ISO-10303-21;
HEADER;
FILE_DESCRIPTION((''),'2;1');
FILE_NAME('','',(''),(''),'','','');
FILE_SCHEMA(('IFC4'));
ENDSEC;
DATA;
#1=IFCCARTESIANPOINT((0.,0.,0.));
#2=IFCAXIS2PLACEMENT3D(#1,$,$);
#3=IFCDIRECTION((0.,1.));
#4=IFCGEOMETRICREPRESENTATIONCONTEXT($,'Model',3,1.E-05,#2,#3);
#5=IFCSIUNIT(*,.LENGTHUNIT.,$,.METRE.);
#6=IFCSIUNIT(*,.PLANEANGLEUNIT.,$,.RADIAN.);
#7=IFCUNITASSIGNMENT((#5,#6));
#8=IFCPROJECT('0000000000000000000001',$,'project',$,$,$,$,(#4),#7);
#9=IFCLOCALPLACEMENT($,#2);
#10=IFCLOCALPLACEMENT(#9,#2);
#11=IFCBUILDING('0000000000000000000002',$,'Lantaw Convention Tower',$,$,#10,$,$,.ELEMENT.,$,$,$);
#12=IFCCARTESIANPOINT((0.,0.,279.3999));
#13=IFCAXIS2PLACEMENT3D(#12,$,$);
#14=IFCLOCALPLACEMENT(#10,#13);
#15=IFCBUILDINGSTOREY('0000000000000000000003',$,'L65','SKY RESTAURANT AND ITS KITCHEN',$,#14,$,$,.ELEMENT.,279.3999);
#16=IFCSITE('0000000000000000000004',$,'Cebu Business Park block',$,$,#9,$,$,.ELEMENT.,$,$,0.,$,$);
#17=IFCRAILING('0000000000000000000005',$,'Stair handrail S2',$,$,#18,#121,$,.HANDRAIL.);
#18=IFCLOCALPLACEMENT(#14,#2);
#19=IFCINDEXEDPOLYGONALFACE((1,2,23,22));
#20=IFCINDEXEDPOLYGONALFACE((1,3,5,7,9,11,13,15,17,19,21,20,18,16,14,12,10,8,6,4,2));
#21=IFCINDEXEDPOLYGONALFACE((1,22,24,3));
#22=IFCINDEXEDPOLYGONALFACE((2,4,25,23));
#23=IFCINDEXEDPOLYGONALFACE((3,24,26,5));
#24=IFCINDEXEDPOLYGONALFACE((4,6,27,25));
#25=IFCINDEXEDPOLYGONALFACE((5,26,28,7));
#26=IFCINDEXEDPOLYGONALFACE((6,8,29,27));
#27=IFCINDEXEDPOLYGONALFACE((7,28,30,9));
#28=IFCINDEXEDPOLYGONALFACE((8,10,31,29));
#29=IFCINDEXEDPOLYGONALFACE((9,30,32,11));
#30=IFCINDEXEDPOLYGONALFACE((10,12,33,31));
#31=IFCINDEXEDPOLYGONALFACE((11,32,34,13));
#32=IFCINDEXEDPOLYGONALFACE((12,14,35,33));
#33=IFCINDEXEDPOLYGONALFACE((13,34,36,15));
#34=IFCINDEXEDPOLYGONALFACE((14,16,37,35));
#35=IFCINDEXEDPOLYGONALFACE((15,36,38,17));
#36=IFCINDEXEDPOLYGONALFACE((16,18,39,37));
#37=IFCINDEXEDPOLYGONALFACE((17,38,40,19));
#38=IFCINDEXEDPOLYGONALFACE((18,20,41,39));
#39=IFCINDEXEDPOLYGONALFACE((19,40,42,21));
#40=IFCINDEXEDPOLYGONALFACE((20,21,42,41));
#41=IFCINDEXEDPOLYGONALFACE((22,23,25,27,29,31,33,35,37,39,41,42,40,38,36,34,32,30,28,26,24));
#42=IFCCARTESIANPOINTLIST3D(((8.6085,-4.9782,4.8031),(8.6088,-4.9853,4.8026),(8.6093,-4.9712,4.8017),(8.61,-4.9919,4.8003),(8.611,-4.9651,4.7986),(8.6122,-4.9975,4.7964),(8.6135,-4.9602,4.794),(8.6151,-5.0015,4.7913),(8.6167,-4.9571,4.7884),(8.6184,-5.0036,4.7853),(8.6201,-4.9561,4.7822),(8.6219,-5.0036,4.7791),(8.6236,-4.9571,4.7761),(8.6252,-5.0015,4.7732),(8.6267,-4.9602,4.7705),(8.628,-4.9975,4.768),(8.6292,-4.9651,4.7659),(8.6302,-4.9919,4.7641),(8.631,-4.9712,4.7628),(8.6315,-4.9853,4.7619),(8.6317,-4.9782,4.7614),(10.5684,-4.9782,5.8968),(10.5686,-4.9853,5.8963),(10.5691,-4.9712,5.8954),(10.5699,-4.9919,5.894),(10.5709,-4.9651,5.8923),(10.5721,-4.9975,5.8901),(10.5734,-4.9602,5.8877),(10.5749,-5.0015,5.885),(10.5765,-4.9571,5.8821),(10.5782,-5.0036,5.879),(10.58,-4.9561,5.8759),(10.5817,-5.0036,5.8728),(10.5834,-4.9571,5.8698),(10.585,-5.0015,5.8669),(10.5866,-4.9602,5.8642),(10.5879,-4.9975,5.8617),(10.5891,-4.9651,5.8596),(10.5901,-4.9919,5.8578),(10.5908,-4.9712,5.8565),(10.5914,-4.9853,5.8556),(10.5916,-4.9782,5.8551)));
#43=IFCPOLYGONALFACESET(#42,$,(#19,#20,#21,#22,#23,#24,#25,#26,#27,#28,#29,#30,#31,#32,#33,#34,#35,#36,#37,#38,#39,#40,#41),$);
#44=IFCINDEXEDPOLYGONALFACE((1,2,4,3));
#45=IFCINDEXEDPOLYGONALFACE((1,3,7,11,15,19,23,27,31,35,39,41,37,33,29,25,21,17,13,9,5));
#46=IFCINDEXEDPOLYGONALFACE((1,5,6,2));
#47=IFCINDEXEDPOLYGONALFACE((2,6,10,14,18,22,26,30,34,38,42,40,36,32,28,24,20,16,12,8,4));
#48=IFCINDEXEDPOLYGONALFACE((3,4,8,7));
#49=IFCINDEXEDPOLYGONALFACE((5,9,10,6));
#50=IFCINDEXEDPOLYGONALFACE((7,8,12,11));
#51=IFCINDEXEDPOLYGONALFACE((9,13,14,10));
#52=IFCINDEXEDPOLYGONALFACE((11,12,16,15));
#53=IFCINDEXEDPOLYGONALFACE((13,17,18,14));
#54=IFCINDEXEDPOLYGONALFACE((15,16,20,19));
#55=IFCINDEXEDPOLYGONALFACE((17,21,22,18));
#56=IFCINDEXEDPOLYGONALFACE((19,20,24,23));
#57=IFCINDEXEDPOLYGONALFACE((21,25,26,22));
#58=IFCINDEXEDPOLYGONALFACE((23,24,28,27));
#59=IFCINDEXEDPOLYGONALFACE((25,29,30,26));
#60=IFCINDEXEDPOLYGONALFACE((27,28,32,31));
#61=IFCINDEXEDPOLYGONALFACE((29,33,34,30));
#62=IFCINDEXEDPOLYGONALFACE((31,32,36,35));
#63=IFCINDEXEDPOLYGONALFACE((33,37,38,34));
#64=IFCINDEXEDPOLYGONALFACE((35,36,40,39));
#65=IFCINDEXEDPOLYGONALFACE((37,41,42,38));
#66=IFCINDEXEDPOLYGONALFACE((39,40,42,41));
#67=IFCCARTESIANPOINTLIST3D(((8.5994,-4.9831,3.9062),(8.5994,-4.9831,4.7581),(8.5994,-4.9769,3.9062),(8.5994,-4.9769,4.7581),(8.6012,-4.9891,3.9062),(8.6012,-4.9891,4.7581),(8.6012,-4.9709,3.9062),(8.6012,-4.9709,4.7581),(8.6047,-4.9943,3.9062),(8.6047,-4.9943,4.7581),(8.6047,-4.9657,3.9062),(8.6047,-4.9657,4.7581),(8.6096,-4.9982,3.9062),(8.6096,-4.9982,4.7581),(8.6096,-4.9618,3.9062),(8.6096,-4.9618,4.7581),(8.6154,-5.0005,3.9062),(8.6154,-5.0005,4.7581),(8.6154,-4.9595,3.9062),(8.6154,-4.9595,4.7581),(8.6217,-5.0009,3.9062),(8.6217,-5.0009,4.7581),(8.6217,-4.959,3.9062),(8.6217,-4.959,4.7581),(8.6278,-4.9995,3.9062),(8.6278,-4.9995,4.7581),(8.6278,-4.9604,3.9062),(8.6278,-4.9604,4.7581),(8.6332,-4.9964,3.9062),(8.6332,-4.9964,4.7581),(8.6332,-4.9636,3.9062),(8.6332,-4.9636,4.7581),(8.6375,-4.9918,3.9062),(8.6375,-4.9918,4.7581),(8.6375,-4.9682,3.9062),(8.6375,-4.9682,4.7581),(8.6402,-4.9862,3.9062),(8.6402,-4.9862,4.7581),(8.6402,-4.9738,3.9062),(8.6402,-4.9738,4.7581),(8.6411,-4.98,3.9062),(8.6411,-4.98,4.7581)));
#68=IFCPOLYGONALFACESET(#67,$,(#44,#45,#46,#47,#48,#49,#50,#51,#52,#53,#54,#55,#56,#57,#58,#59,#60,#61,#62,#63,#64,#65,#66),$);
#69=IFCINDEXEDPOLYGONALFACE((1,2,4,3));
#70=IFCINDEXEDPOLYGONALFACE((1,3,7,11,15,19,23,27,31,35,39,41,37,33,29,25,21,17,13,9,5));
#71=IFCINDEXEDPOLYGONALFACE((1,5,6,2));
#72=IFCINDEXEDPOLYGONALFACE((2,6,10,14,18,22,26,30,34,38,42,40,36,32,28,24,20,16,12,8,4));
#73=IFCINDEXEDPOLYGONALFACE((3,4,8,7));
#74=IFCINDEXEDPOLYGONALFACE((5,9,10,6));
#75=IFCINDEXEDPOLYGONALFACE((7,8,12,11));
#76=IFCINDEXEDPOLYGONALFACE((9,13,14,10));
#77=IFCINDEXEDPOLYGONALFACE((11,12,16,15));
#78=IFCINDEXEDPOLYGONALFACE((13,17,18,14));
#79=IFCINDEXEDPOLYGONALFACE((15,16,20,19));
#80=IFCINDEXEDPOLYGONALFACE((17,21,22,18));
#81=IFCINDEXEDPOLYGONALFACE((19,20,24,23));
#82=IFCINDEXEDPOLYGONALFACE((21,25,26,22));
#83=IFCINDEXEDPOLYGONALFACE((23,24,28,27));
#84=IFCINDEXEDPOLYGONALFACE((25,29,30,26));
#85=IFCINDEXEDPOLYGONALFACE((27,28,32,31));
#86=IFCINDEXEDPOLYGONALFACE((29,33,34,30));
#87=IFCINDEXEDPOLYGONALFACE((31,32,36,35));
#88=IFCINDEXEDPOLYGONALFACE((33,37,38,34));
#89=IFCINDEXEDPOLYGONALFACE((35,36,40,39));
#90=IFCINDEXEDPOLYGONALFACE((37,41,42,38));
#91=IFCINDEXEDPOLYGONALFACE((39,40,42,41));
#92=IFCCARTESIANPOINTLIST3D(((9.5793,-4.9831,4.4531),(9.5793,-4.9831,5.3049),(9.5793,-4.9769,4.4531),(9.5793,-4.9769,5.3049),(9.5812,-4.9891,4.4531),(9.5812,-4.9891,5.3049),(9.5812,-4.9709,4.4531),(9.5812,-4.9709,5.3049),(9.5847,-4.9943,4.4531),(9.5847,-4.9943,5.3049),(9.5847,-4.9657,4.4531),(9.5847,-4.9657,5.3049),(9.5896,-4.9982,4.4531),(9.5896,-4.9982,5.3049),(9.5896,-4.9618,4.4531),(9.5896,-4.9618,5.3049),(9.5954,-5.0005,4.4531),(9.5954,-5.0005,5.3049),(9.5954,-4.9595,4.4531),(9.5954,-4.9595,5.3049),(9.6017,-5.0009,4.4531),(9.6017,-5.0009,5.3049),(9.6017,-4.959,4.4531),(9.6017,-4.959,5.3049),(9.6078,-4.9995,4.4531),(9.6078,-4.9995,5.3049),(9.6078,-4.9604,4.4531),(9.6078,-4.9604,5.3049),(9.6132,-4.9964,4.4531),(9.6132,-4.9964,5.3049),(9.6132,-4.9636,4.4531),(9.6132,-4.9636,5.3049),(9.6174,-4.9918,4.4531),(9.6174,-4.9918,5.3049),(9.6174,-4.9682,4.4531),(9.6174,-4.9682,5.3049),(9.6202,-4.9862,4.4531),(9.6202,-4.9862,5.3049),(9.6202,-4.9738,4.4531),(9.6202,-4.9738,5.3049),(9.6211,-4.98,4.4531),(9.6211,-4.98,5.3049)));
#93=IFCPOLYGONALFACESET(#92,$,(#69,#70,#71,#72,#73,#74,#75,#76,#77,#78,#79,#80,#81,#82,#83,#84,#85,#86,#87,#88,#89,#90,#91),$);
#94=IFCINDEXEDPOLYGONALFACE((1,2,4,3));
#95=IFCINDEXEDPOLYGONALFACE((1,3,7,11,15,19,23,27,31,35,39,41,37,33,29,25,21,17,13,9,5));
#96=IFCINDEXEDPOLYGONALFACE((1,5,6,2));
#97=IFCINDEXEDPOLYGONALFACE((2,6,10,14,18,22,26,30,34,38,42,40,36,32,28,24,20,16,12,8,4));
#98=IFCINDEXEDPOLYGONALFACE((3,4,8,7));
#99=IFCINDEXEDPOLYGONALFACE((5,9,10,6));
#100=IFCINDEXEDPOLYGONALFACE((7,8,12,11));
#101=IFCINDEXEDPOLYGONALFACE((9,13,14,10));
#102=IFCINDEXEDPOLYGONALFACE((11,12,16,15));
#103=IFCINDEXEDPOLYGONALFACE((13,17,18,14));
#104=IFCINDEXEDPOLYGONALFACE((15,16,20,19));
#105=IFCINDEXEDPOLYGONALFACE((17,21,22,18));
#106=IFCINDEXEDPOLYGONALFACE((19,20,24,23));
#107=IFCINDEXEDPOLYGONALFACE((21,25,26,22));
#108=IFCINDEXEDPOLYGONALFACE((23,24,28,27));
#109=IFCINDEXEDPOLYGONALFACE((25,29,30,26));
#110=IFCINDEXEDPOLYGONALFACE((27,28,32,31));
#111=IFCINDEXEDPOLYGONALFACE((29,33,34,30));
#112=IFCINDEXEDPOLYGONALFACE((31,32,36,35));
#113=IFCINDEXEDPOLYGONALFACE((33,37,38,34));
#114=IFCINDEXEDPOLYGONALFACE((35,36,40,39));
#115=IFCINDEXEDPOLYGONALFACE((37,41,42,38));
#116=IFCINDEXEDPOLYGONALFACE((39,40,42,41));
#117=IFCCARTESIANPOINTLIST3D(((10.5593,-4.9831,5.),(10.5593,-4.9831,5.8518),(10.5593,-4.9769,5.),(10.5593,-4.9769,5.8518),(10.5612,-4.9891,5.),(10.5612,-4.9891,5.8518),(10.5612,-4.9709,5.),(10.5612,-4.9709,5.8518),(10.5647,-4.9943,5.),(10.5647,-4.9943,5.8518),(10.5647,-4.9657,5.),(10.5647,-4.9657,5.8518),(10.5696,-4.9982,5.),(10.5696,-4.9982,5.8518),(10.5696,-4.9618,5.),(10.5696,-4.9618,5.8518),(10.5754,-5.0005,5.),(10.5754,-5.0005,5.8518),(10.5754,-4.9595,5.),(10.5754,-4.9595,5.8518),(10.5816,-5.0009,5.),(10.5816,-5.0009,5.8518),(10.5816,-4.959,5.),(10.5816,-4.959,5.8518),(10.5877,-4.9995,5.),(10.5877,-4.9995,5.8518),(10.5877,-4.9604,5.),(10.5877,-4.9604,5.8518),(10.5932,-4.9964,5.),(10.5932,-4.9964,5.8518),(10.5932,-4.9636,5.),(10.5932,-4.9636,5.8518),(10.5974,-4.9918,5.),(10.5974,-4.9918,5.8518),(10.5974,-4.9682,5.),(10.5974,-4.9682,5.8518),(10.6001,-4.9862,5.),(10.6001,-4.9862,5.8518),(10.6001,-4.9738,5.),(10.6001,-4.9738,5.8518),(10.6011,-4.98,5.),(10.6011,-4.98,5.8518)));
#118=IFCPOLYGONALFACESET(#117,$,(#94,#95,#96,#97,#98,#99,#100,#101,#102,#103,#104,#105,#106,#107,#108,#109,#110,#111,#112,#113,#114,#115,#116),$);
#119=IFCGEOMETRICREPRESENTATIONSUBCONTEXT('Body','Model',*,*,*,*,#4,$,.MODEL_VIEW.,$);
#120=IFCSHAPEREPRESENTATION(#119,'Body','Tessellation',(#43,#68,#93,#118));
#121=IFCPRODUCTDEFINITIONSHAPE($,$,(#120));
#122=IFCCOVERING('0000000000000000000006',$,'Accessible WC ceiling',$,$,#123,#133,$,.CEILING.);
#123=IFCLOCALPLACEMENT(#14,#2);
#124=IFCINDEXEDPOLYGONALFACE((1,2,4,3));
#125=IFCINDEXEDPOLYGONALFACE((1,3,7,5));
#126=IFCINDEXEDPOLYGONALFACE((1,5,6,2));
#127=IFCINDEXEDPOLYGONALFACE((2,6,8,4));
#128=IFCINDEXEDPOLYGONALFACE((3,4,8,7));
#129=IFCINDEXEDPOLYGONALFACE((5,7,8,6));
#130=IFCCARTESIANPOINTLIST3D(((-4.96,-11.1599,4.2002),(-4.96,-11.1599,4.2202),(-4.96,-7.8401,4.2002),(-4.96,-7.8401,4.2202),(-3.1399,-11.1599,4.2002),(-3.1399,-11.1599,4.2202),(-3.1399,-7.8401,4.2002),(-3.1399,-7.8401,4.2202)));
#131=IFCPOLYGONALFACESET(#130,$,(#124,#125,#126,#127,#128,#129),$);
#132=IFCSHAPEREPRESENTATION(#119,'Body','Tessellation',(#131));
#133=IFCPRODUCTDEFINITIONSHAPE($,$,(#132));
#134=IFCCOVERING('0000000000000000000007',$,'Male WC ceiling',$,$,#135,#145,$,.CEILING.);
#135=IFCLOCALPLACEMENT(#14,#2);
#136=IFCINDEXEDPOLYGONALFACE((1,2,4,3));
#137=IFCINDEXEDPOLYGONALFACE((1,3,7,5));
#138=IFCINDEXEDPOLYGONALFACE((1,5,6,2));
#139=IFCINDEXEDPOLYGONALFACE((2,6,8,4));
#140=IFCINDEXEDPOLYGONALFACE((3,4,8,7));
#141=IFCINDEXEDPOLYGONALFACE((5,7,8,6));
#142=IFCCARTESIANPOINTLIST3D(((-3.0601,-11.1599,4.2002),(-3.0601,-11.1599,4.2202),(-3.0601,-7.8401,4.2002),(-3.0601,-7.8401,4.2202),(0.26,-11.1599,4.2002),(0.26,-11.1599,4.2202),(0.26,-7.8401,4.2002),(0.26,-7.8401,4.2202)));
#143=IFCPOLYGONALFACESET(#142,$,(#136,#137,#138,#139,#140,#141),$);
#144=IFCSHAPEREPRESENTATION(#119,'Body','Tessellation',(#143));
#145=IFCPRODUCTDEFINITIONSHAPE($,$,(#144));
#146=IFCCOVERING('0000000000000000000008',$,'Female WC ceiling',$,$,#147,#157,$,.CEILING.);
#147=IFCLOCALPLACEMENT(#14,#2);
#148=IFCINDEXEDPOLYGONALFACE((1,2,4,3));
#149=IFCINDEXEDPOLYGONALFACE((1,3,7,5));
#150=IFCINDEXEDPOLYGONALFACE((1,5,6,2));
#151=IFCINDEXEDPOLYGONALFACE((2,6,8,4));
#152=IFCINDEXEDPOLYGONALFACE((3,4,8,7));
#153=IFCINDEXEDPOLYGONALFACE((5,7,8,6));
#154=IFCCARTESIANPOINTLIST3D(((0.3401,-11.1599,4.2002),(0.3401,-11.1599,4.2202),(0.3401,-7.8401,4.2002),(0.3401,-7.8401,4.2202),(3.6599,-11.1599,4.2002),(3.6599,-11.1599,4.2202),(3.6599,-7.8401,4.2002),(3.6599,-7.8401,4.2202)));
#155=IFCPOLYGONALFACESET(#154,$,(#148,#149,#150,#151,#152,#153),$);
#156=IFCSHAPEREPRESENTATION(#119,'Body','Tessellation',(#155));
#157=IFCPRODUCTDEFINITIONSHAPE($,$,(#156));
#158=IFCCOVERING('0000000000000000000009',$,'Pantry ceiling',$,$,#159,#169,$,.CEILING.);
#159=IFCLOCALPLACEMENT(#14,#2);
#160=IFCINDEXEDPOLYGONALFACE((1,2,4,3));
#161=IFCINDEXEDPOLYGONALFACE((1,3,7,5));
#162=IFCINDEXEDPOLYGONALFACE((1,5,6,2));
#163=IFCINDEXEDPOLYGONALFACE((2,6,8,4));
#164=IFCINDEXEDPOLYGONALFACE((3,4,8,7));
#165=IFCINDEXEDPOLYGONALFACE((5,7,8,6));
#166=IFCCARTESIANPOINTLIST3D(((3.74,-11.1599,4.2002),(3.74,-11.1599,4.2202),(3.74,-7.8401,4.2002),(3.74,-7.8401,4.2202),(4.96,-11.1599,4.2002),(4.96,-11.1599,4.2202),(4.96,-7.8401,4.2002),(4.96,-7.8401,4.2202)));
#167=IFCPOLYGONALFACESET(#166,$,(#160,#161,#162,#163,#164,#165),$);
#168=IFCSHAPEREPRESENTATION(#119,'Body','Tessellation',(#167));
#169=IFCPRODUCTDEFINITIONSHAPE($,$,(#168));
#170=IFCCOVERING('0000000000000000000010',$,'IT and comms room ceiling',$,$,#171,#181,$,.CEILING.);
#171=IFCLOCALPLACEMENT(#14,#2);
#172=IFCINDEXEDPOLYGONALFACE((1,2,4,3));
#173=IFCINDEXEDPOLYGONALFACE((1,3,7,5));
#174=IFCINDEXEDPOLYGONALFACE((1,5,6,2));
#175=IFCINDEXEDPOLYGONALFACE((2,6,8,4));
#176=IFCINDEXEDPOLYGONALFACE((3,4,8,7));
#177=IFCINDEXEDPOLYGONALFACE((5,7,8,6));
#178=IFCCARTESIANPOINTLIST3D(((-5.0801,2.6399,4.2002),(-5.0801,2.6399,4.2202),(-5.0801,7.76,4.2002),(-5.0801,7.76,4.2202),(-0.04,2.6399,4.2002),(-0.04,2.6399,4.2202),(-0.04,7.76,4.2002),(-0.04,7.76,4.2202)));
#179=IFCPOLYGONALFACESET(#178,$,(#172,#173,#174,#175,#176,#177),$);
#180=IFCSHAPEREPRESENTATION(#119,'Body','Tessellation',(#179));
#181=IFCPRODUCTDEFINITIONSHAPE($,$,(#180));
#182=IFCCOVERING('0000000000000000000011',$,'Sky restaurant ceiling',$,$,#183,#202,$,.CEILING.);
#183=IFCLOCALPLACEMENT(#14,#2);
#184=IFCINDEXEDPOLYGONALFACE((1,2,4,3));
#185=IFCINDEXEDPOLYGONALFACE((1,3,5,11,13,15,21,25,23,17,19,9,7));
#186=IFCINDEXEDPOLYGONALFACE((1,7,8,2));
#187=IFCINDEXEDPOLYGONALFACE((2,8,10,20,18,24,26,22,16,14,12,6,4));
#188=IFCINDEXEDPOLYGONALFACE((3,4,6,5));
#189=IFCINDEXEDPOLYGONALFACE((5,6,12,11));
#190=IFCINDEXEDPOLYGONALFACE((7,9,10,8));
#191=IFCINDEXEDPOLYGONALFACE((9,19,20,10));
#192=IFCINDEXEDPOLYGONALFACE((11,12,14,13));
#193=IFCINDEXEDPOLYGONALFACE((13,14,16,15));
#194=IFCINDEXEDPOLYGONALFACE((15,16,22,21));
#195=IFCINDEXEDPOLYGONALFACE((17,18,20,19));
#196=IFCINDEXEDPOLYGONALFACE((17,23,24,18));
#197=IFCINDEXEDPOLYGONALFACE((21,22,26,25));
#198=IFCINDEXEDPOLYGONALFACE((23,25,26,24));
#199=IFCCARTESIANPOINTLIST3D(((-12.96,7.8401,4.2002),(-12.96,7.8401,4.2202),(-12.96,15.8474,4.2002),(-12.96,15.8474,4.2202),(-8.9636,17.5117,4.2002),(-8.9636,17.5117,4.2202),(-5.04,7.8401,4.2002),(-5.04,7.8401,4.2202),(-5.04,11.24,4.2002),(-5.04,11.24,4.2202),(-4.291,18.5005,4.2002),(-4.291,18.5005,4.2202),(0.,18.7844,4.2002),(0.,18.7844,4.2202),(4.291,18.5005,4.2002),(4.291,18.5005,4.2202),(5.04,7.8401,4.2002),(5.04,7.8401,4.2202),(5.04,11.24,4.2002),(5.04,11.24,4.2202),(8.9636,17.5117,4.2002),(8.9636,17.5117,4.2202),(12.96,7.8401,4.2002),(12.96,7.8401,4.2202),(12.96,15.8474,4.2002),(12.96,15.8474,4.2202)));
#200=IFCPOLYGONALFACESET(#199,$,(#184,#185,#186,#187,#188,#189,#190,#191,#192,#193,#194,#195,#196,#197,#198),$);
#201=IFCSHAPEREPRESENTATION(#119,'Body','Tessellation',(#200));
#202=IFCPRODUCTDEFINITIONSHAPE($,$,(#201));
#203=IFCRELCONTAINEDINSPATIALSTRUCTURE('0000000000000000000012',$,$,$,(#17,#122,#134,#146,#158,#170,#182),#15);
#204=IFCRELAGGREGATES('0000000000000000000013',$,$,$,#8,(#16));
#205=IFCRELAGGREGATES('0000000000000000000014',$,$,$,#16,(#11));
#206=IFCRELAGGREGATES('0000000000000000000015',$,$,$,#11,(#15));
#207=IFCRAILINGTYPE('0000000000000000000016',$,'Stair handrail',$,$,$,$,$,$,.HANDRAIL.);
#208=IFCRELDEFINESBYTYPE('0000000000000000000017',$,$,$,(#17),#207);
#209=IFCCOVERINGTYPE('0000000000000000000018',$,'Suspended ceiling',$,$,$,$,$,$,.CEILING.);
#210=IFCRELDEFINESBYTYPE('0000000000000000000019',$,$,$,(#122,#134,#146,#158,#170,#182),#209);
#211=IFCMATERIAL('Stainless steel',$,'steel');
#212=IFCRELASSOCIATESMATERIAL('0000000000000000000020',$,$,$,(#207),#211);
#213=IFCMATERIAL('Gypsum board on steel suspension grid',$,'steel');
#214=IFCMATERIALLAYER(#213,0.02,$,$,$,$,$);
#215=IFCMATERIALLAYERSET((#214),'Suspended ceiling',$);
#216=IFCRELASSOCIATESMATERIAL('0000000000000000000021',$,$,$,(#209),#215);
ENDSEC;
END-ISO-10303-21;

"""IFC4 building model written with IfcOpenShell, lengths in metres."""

from ifc_helpers import new_model, si_unit, direction, frame, origin, origin_2d, place, context, subcontext, project, spatial, polyline, circle, outline, extrude, material, layer, layer_set, type_object, element, save


model = new_model("IFC4")

# Units and contexts
model_context = context("Model", 3, precision=1e-05, world=origin(), true_north=direction((0.0, 1.0)))
body_context = subcontext(model_context, "Body", "Model", "MODEL_VIEW")
ifc_project = project(units=[si_unit("LENGTHUNIT", "METRE"), si_unit("PLANEANGLEUNIT", "RADIAN")], contexts=[model_context])

# Site, building, storey
site_placement = place(None, origin())
site = spatial("IfcSite", under=ifc_project, at=site_placement, Name="Cebu Business Park block", CompositionType="ELEMENT", RefElevation=0.0)
building_placement = place(site_placement, origin())
building = spatial("IfcBuilding", under=site, at=building_placement, Name="Lantaw Convention Tower", CompositionType="ELEMENT")
storey_placement = place(building_placement, frame((0.0, 0.0, 279.3999)))
storey = spatial("IfcBuildingStorey", under=building, at=storey_placement, Name="L65", Description="SKY RESTAURANT AND ITS KITCHEN", CompositionType="ELEMENT", Elevation=279.3999)

# Railing
ifc_material_1 = material(Name="Stainless steel", Category="steel")
railing_type = type_object("IfcRailingType", Name="Stair handrail", PredefinedType="HANDRAIL", material=ifc_material_1)
railing_1_placement = place(storey_placement, frame((8.6201, -4.98, 3.9062)))
element("IfcRailing", 1, at=railing_1_placement, inside=storey, type_object=railing_type, Name="Stair handrail S2", PredefinedType="HANDRAIL", context=body_context, shape_type="SweptSolid", body=[
    extrude(circle(Radius=0.0239, at=origin_2d()), frame((0.0, 0.0, 0.876), z_axis=(0.873232, 0.0, 0.487304), x_axis=(0.0, 1.0, 0.0)), (0.0, 0.0, 1.0), 2.2444),
    extrude(circle(Radius=0.021, at=origin_2d()), origin(), (0.0, 0.0, 1.0), 0.8518),
    extrude(circle(Radius=0.021, at=origin_2d()), frame((0.98, 0.0, 0.5469)), (0.0, 0.0, 1.0), 0.8518),
    extrude(circle(Radius=0.021, at=origin_2d()), frame((1.96, 0.0, 1.0938)), (0.0, 0.0, 1.0), 0.8518),
])

# Coverings
ifc_material_2 = material(Name="Gypsum board on steel suspension grid", Category="steel")
ifc_layer_1 = layer(ifc_material_2, 0.02)
ifc_layer_set_1 = layer_set([ifc_layer_1], Name="Suspended ceiling")
covering_type = type_object("IfcCoveringType", Name="Suspended ceiling", PredefinedType="CEILING", material=ifc_layer_set_1)
covering_1_placement = place(storey_placement, frame((0.0, 0.0, 4.2002)))
element("IfcCovering", 2, at=covering_1_placement, inside=storey, type_object=covering_type, Name="Accessible WC ceiling", PredefinedType="CEILING", context=body_context, shape_type="SweptSolid", body=[
    extrude(outline(polyline([(-4.96, -11.1599), (-3.1399, -11.1599), (-3.1399, -7.8401), (-4.96, -7.8401), (-4.96, -11.1599)])), origin(), (0.0, 0.0, 1.0), 0.02),
])
covering_2_placement = place(storey_placement, frame((0.0, 0.0, 4.2002)))
element("IfcCovering", 3, at=covering_2_placement, inside=storey, type_object=covering_type, Name="Male WC ceiling", PredefinedType="CEILING", context=body_context, shape_type="SweptSolid", body=[
    extrude(outline(polyline([(-3.0601, -11.1599), (0.26, -11.1599), (0.26, -7.8401), (-3.0601, -7.8401), (-3.0601, -11.1599)])), origin(), (0.0, 0.0, 1.0), 0.02),
])
covering_3_placement = place(storey_placement, frame((0.0, 0.0, 4.2002)))
element("IfcCovering", 4, at=covering_3_placement, inside=storey, type_object=covering_type, Name="Female WC ceiling", PredefinedType="CEILING", context=body_context, shape_type="SweptSolid", body=[
    extrude(outline(polyline([(0.3401, -11.1599), (3.6599, -11.1599), (3.6599, -7.8401), (0.3401, -7.8401), (0.3401, -11.1599)])), origin(), (0.0, 0.0, 1.0), 0.02),
])
covering_4_placement = place(storey_placement, frame((0.0, 0.0, 4.2002)))
element("IfcCovering", 5, at=covering_4_placement, inside=storey, type_object=covering_type, Name="Pantry ceiling", PredefinedType="CEILING", context=body_context, shape_type="SweptSolid", body=[
    extrude(outline(polyline([(3.74, -11.1599), (4.96, -11.1599), (4.96, -7.8401), (3.74, -7.8401), (3.74, -11.1599)])), origin(), (0.0, 0.0, 1.0), 0.02),
])
covering_5_placement = place(storey_placement, frame((0.0, 0.0, 4.2002)))
element("IfcCovering", 6, at=covering_5_placement, inside=storey, type_object=covering_type, Name="IT and comms room ceiling", PredefinedType="CEILING", context=body_context, shape_type="SweptSolid", body=[
    extrude(outline(polyline([(-5.0801, 2.6399), (-0.04, 2.6399), (-0.04, 7.76), (-5.0801, 7.76), (-5.0801, 2.6399)])), origin(), (0.0, 0.0, 1.0), 0.02),
])
covering_6_placement = place(storey_placement, frame((0.0, 0.0, 4.2002)))
element("IfcCovering", 7, at=covering_6_placement, inside=storey, type_object=covering_type, Name="Sky restaurant ceiling", PredefinedType="CEILING", context=body_context, shape_type="SweptSolid", body=[
    extrude(outline(polyline([(-8.9636, 17.5117), (-12.96, 15.8474), (-12.96, 7.8401), (-5.04, 7.8401), (-5.04, 11.24), (5.04, 11.24), (5.04, 7.8401), (12.96, 7.8401), (12.96, 15.8474), (8.9636, 17.5117), (4.291, 18.5005), (0.0, 18.7844), (-4.291, 18.5005), (-8.9636, 17.5117)])), origin(), (0.0, 0.0, 1.0), 0.02),
])

save(model, "model.ifc")
